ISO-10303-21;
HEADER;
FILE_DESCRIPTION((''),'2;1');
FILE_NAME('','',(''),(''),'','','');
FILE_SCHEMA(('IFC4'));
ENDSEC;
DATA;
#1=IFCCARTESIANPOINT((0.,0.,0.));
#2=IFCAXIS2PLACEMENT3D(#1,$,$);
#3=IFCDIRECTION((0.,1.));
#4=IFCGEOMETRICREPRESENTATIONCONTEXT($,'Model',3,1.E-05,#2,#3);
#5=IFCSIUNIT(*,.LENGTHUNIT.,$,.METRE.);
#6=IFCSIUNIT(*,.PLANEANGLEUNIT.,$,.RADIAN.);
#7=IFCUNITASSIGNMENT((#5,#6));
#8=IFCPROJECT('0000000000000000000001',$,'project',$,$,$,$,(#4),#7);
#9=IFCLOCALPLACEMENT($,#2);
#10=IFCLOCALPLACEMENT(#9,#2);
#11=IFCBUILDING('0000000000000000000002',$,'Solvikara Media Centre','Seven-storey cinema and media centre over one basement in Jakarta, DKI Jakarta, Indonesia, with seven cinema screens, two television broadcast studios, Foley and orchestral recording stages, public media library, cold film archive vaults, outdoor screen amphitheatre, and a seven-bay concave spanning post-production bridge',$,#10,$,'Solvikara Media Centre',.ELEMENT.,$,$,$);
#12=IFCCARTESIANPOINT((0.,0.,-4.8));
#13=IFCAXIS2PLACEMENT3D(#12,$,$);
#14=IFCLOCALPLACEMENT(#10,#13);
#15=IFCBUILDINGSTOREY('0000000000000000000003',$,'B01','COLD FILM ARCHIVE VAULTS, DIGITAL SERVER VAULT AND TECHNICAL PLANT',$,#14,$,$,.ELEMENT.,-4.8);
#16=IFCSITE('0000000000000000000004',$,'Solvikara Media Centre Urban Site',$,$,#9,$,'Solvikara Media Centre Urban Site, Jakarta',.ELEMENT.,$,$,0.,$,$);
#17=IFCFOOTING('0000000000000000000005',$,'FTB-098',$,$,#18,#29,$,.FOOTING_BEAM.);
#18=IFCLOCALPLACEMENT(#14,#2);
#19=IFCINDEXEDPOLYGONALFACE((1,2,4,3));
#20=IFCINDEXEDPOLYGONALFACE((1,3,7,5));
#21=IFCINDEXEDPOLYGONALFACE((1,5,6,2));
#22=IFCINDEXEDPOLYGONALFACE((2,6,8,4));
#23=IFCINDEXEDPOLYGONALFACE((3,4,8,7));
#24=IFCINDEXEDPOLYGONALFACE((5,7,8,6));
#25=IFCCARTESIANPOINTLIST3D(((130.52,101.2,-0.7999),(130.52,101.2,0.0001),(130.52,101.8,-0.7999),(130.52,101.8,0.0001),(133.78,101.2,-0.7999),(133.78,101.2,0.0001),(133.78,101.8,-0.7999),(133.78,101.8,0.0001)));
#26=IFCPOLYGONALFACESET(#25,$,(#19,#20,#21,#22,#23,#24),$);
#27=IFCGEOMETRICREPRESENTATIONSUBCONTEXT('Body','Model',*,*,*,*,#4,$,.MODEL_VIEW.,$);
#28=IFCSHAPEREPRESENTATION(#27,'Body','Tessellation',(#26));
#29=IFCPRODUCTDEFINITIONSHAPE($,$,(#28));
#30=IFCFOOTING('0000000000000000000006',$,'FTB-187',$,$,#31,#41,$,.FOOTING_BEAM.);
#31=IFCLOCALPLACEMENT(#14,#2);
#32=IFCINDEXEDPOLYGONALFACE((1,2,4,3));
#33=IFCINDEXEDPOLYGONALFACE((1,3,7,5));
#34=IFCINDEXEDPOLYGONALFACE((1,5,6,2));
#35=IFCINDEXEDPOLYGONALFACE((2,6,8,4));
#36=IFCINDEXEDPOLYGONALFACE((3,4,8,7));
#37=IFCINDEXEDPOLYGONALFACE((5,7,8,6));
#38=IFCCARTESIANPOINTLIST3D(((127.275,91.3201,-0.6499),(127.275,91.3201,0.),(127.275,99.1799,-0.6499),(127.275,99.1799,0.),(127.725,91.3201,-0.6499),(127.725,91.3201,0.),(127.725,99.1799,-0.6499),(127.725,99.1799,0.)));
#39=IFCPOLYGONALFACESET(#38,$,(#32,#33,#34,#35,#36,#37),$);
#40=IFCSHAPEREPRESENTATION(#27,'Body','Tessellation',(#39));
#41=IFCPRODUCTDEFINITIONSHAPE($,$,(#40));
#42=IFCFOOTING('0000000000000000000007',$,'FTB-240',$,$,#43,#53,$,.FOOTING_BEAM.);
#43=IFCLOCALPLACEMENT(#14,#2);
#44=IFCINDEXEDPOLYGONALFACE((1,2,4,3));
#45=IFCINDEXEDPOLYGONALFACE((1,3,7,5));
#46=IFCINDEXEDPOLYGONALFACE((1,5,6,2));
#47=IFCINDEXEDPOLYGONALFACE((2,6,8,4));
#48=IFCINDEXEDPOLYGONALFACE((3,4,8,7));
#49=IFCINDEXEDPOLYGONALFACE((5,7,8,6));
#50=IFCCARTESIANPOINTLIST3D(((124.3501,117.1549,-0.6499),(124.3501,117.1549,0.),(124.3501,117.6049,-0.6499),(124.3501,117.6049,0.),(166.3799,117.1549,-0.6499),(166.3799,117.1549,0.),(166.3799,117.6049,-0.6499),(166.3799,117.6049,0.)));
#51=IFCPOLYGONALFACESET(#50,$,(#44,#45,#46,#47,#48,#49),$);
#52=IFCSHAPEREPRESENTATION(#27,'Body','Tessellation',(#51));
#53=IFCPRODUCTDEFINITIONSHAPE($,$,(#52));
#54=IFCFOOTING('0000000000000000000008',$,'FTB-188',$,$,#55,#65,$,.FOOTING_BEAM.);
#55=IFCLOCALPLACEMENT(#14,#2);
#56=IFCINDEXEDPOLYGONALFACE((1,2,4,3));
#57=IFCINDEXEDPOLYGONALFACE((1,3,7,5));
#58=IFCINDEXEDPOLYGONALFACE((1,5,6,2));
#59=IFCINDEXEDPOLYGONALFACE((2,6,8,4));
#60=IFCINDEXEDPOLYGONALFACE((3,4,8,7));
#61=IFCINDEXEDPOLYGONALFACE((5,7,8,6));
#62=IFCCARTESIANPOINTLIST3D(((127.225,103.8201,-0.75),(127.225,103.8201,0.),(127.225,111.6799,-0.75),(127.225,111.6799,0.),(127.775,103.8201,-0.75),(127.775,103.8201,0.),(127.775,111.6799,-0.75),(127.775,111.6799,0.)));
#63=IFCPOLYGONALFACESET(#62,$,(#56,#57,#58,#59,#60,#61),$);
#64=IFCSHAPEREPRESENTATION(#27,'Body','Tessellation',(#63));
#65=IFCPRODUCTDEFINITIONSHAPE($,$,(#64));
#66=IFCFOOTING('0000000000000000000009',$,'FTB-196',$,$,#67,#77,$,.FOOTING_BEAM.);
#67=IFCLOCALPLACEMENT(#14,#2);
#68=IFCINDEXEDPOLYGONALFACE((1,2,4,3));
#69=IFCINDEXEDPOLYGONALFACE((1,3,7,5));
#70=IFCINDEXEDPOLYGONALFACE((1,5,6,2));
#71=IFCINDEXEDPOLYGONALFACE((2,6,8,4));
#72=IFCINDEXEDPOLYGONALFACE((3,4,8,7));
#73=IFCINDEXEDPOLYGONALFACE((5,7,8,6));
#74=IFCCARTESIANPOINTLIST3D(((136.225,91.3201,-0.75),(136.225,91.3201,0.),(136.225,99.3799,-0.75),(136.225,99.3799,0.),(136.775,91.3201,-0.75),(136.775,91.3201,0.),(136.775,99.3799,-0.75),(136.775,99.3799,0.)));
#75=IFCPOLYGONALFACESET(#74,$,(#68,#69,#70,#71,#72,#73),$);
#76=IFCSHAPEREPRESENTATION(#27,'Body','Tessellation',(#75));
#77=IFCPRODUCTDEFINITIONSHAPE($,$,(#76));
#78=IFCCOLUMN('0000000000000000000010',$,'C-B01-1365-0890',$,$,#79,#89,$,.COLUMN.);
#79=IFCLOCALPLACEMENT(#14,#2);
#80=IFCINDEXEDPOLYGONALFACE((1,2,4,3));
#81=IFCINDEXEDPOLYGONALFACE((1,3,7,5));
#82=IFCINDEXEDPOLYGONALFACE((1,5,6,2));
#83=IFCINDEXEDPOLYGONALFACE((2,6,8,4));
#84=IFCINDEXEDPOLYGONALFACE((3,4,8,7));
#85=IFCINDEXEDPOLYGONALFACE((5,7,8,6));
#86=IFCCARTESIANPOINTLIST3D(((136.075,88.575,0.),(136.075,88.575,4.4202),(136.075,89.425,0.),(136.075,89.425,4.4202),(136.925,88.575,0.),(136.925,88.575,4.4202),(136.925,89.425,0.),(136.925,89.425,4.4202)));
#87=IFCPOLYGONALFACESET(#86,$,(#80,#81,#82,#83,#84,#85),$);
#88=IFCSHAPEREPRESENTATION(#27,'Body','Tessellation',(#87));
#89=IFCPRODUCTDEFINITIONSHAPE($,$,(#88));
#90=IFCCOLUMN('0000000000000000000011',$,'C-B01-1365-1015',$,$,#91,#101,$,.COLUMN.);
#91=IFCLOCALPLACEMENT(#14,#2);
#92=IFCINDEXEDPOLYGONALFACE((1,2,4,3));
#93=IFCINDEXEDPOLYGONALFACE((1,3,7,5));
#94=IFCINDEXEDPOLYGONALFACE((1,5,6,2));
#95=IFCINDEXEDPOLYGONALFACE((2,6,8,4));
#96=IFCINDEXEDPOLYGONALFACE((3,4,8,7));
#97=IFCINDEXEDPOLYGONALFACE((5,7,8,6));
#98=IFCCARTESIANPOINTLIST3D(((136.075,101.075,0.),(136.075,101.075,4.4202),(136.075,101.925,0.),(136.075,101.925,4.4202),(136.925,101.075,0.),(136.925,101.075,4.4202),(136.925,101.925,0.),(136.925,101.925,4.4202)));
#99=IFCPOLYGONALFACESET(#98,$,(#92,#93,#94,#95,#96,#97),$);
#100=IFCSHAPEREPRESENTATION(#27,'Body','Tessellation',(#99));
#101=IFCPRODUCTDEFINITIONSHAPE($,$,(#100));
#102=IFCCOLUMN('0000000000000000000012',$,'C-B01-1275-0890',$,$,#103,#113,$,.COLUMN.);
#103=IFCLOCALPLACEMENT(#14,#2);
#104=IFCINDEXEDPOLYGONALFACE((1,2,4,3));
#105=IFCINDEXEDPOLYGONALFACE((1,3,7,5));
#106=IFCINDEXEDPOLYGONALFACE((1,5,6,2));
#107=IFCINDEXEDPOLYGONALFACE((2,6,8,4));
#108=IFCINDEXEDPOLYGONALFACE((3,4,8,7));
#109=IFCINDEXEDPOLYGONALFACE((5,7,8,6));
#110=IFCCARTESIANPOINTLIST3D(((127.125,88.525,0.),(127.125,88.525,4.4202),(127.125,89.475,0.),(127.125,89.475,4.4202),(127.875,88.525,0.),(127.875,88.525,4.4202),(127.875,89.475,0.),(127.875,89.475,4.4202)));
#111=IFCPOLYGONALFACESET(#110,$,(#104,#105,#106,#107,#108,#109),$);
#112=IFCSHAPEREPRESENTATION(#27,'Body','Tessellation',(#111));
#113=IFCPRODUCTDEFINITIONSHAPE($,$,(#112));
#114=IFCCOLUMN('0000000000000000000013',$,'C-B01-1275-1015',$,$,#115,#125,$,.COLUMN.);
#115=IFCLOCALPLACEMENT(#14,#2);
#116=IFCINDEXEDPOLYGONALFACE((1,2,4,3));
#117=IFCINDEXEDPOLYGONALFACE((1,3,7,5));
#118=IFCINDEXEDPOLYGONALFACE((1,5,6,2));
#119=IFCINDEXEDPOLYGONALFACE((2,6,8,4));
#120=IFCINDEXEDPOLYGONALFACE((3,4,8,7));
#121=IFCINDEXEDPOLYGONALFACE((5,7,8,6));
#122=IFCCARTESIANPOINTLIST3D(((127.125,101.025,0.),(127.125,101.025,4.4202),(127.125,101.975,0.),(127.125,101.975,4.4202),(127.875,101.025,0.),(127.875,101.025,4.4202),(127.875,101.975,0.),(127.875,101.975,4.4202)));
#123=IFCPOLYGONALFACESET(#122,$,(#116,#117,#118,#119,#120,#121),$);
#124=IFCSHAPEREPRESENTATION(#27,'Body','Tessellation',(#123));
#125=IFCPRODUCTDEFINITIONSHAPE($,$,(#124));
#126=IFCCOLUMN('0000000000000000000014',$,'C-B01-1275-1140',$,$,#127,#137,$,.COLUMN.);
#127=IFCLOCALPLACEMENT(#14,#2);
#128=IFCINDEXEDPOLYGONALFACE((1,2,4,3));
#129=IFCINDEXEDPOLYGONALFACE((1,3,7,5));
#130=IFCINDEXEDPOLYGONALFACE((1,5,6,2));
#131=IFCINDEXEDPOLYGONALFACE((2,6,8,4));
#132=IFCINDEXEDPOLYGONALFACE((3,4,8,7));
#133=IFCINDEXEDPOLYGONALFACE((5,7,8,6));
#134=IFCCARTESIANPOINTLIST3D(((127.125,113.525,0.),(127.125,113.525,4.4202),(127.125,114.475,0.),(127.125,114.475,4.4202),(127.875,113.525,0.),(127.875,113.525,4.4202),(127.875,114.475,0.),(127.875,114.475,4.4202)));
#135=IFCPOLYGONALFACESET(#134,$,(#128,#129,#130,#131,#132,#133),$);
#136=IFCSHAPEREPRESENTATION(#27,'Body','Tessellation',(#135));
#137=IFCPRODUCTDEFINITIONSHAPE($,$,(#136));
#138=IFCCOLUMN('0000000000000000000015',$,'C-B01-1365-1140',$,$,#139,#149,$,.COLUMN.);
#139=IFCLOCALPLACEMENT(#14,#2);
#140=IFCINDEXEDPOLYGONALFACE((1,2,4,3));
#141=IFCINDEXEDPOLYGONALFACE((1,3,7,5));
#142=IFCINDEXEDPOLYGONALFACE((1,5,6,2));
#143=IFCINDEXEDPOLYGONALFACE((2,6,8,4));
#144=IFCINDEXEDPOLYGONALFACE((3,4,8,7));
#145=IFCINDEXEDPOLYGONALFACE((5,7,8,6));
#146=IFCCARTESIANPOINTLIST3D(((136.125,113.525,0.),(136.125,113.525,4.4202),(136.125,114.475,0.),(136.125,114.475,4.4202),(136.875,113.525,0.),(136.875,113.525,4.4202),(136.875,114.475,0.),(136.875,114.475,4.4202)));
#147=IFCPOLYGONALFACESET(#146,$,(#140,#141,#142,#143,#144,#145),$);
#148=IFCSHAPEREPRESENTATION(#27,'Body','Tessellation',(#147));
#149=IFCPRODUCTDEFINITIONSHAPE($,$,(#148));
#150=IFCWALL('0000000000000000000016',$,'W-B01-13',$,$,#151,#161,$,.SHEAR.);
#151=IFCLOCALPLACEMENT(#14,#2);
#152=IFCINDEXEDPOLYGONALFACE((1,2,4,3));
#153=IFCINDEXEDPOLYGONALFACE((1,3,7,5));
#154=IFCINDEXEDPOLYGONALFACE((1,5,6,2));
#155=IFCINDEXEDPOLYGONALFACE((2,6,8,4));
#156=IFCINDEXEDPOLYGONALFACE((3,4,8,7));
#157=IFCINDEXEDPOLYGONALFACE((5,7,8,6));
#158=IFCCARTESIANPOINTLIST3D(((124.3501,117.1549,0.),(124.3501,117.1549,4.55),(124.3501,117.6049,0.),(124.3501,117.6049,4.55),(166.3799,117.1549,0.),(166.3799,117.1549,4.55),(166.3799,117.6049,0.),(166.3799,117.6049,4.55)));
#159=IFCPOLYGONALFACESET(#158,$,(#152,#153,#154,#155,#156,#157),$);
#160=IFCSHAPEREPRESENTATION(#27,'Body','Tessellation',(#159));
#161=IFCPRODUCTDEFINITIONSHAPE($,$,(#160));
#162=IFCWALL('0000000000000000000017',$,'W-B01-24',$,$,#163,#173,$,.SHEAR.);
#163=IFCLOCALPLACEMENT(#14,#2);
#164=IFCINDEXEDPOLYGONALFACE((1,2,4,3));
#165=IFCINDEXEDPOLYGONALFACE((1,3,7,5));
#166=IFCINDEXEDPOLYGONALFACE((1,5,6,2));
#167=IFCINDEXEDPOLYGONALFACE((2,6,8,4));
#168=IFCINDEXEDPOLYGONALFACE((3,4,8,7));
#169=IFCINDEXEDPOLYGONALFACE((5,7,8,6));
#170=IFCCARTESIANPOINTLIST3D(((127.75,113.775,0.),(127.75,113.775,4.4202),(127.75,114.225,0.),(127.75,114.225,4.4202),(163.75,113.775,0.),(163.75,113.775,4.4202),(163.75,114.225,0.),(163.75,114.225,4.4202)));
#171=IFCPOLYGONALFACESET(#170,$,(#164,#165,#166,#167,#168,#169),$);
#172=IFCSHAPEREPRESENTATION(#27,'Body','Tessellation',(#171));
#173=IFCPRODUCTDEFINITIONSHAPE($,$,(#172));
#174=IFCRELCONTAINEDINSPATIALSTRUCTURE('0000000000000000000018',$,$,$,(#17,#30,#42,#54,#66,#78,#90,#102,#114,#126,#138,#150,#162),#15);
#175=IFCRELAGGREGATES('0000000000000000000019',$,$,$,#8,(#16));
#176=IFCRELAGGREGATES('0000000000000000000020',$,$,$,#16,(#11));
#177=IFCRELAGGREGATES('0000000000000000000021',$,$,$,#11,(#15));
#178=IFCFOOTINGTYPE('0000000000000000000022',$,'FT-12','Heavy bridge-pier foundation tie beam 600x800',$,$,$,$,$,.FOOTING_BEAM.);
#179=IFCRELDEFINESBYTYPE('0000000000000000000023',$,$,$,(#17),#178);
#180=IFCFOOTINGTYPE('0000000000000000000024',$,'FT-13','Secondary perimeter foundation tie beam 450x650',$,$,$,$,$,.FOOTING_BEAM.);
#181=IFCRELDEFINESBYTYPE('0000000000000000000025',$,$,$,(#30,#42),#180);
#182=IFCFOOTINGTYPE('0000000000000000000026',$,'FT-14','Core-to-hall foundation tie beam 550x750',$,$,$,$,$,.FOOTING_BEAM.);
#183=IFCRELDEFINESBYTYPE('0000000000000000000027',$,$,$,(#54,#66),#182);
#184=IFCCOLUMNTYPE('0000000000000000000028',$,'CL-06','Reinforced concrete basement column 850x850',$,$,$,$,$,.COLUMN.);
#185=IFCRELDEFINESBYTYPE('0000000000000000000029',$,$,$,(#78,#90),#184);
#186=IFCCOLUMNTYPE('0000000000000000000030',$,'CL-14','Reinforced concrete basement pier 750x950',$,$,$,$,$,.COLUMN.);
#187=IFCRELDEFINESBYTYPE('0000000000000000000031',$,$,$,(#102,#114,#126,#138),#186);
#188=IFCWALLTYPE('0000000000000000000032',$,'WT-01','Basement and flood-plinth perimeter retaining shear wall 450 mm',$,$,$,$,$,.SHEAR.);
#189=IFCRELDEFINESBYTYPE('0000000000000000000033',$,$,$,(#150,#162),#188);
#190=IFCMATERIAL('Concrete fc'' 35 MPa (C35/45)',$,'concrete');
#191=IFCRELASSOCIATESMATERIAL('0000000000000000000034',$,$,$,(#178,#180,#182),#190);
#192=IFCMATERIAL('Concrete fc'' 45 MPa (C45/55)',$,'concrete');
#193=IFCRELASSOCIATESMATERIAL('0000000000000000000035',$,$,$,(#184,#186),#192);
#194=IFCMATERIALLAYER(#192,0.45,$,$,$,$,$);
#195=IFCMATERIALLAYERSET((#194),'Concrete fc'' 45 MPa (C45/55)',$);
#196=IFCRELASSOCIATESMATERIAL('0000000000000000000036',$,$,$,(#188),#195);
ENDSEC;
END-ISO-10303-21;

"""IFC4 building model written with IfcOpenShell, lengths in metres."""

from ifc_helpers import new_model, si_unit, direction, frame, frame_2d, origin, origin_2d, place, context, subcontext, project, spatial, rectangle, extrude, material, layer, layer_set, material_profile, profile_set, type_object, element, save


model = new_model("IFC4")

# Units and contexts
model_context = context("Model", 3, precision=1e-05, world=origin(), true_north=direction((0.0, 1.0)))
body_context = subcontext(model_context, "Body", "Model", "MODEL_VIEW")
ifc_project = project(units=[si_unit("LENGTHUNIT", "METRE"), si_unit("PLANEANGLEUNIT", "RADIAN")], contexts=[model_context])

# Site, building, storey
site_placement = place(None, origin())
site = spatial("IfcSite", under=ifc_project, at=site_placement, Name="Solvikara Media Centre Urban Site", LongName="Solvikara Media Centre Urban Site, Jakarta", CompositionType="ELEMENT", RefElevation=0.0)
building_placement = place(site_placement, origin())
building = spatial("IfcBuilding", under=site, at=building_placement, Name="Solvikara Media Centre", Description="Seven-storey cinema and media centre over one basement in Jakarta, DKI Jakarta, Indonesia, with seven cinema screens, two television broadcast studios, Foley and orchestral recording stages, public media library, cold film archive vaults, outdoor screen amphitheatre, and a seven-bay concave spanning post-production bridge", LongName="Solvikara Media Centre", CompositionType="ELEMENT")
storey_placement = place(building_placement, frame((0.0, 0.0, -4.8)))
storey = spatial("IfcBuildingStorey", under=building, at=storey_placement, Name="B01", Description="COLD FILM ARCHIVE VAULTS, DIGITAL SERVER VAULT AND TECHNICAL PLANT", CompositionType="ELEMENT", Elevation=-4.8)

# Shared definitions
ifc_material_1 = material(Name="Concrete fc' 35 MPa (C35/45)", Category="concrete")

# Footings
ifc_material_profile_1 = material_profile(ifc_material_1, rectangle(XDim=0.6001, YDim=0.8, at=origin_2d()), Name="RC 600x800")
ifc_profile_set_1 = profile_set([ifc_material_profile_1], Name="Concrete fc' 35 MPa (C35/45)")
footing_type_1 = type_object("IfcFootingType", Name="FT-12", Description="Heavy bridge-pier foundation tie beam 600x800", PredefinedType="FOOTING_BEAM", material=ifc_profile_set_1)
footing_1_placement = place(storey_placement, frame((130.52, 101.5, -0.3999), z_axis=(1.0, 0.0, 0.0), x_axis=(0.0, 1.0, 0.0)))
element("IfcFooting", 1, at=footing_1_placement, inside=storey, type_object=footing_type_1, Name="FTB-098", PredefinedType="FOOTING_BEAM", context=body_context, shape_type="SweptSolid", body=[
    extrude(rectangle(XDim=0.6001, YDim=0.8, at=origin_2d()), origin(), (0.0, 0.0, 1.0), 3.26),
])
ifc_material_profile_2 = material_profile(ifc_material_1, rectangle(XDim=0.45, YDim=0.6499, at=origin_2d()), Name="RC 450x650")
ifc_profile_set_2 = profile_set([ifc_material_profile_2], Name="Concrete fc' 35 MPa (C35/45)")
footing_type_2 = type_object("IfcFootingType", Name="FT-13", Description="Secondary perimeter foundation tie beam 450x650", PredefinedType="FOOTING_BEAM", material=ifc_profile_set_2)
footing_2_placement = place(storey_placement, frame((127.5, 91.3201, -0.325), z_axis=(0.0, 1.0, 0.0), x_axis=(-1.0, 0.0, 0.0)))
element("IfcFooting", 2, at=footing_2_placement, inside=storey, type_object=footing_type_2, Name="FTB-187", PredefinedType="FOOTING_BEAM", context=body_context, shape_type="SweptSolid", body=[
    extrude(rectangle(XDim=0.45, YDim=0.6499, at=origin_2d()), origin(), (0.0, 0.0, 1.0), 7.8599),
])
footing_3_placement = place(storey_placement, frame((124.3501, 117.3799, -0.325), z_axis=(1.0, 0.0, 0.0), x_axis=(0.0, 1.0, 0.0)))
element("IfcFooting", 3, at=footing_3_placement, inside=storey, type_object=footing_type_2, Name="FTB-240", PredefinedType="FOOTING_BEAM", context=body_context, shape_type="SweptSolid", body=[
    extrude(rectangle(XDim=0.45, YDim=0.6499, at=origin_2d()), origin(), (0.0, 0.0, 1.0), 42.0298),
])
ifc_material_profile_3 = material_profile(ifc_material_1, rectangle(XDim=0.55, YDim=0.75, at=origin_2d()), Name="RC 550x750")
ifc_profile_set_3 = profile_set([ifc_material_profile_3], Name="Concrete fc' 35 MPa (C35/45)")
footing_type_3 = type_object("IfcFootingType", Name="FT-14", Description="Core-to-hall foundation tie beam 550x750", PredefinedType="FOOTING_BEAM", material=ifc_profile_set_3)
footing_4_placement = place(storey_placement, frame((127.5, 103.8201, -0.375), z_axis=(0.0, 1.0, 0.0), x_axis=(-1.0, 0.0, 0.0)))
element("IfcFooting", 4, at=footing_4_placement, inside=storey, type_object=footing_type_3, Name="FTB-188", PredefinedType="FOOTING_BEAM", context=body_context, shape_type="SweptSolid", body=[
    extrude(rectangle(XDim=0.55, YDim=0.75, at=origin_2d()), origin(), (0.0, 0.0, 1.0), 7.8599),
])
footing_5_placement = place(storey_placement, frame((136.5, 91.3201, -0.375), z_axis=(0.0, 1.0, 0.0), x_axis=(-1.0, 0.0, 0.0)))
element("IfcFooting", 5, at=footing_5_placement, inside=storey, type_object=footing_type_3, Name="FTB-196", PredefinedType="FOOTING_BEAM", context=body_context, shape_type="SweptSolid", body=[
    extrude(rectangle(XDim=0.55, YDim=0.75, at=origin_2d()), origin(), (0.0, 0.0, 1.0), 8.0598),
])

# Columns
ifc_material_2 = material(Name="Concrete fc' 45 MPa (C45/55)", Category="concrete")
ifc_material_profile_4 = material_profile(ifc_material_2, rectangle(XDim=0.8501, YDim=0.8501, at=origin_2d()), Name="RC 850x850")
ifc_profile_set_4 = profile_set([ifc_material_profile_4], Name="Concrete fc' 45 MPa (C45/55)")
column_type_1 = type_object("IfcColumnType", Name="CL-06", Description="Reinforced concrete basement column 850x850", PredefinedType="COLUMN", material=ifc_profile_set_4)
for number, where, z_axis, x_axis, name in (
    (6, (136.5, 89.0, 0.0), (0.0, 0.0, 1.0), (1.0, 0.0, 0.0), "C-B01-1365-0890"),
    (7, (136.5, 101.5, 0.0), (0.0, 0.0, 1.0), (1.0, 0.0, 0.0), "C-B01-1365-1015"),
):
    element("IfcColumn", number, at=place(storey_placement, frame(where, z_axis=z_axis, x_axis=x_axis)), inside=storey, type_object=column_type_1, Name=name, PredefinedType="COLUMN", context=body_context, shape_type="SweptSolid", body=[
        extrude(rectangle(XDim=0.8501, YDim=0.8501, at=origin_2d()), origin(), (0.0, 0.0, 1.0), 4.4202),
    ])
ifc_material_profile_5 = material_profile(ifc_material_2, rectangle(XDim=0.75, YDim=0.95, at=origin_2d()), Name="RC 750x950")
ifc_profile_set_5 = profile_set([ifc_material_profile_5], Name="Concrete fc' 45 MPa (C45/55)")
column_type_2 = type_object("IfcColumnType", Name="CL-14", Description="Reinforced concrete basement pier 750x950", PredefinedType="COLUMN", material=ifc_profile_set_5)
for number, where, z_axis, x_axis, name in (
    (8, (127.5, 89.0, 0.0), (0.0, 0.0, 1.0), (1.0, 0.0, 0.0), "C-B01-1275-0890"),
    (9, (127.5, 101.5, 0.0), (0.0, 0.0, 1.0), (1.0, 0.0, 0.0), "C-B01-1275-1015"),
    (10, (127.5, 114.0, 0.0), (0.0, 0.0, 1.0), (1.0, 0.0, 0.0), "C-B01-1275-1140"),
    (11, (136.5, 114.0, 0.0), (0.0, 0.0, 1.0), (1.0, 0.0, 0.0), "C-B01-1365-1140"),
):
    element("IfcColumn", number, at=place(storey_placement, frame(where, z_axis=z_axis, x_axis=x_axis)), inside=storey, type_object=column_type_2, Name=name, PredefinedType="COLUMN", context=body_context, shape_type="SweptSolid", body=[
        extrude(rectangle(XDim=0.75, YDim=0.95, at=origin_2d()), origin(), (0.0, 0.0, 1.0), 4.4202),
    ])

# Walls
ifc_layer = layer(ifc_material_2, 0.45)
ifc_layer_set = layer_set([ifc_layer], Name="Concrete fc' 45 MPa (C45/55)")
wall_type = type_object("IfcWallType", Name="WT-01", Description="Basement and flood-plinth perimeter retaining shear wall 450 mm", PredefinedType="SHEAR", material=ifc_layer_set)
wall_1_placement = place(storey_placement, frame((124.3501, 117.3799, 0.0), z_axis=(0.0, 0.0, 1.0), x_axis=(1.0, 0.0, 0.0)))
element("IfcWall", 12, at=wall_1_placement, inside=storey, type_object=wall_type, Name="W-B01-13", PredefinedType="SHEAR", context=body_context, shape_type="SweptSolid", body=[
    extrude(rectangle(XDim=42.0298, YDim=0.45, at=frame_2d((21.0149, 0.0))), origin(), (0.0, 0.0, 1.0), 4.55),
])
wall_2_placement = place(storey_placement, frame((127.75, 114.0, 0.0), z_axis=(0.0, 0.0, 1.0), x_axis=(1.0, 0.0, 0.0)))
element("IfcWall", 13, at=wall_2_placement, inside=storey, type_object=wall_type, Name="W-B01-24", PredefinedType="SHEAR", context=body_context, shape_type="SweptSolid", body=[
    extrude(rectangle(XDim=36.0, YDim=0.45, at=frame_2d((18.0, 0.0))), origin(), (0.0, 0.0, 1.0), 4.4202),
])

save(model, "model.ifc")
